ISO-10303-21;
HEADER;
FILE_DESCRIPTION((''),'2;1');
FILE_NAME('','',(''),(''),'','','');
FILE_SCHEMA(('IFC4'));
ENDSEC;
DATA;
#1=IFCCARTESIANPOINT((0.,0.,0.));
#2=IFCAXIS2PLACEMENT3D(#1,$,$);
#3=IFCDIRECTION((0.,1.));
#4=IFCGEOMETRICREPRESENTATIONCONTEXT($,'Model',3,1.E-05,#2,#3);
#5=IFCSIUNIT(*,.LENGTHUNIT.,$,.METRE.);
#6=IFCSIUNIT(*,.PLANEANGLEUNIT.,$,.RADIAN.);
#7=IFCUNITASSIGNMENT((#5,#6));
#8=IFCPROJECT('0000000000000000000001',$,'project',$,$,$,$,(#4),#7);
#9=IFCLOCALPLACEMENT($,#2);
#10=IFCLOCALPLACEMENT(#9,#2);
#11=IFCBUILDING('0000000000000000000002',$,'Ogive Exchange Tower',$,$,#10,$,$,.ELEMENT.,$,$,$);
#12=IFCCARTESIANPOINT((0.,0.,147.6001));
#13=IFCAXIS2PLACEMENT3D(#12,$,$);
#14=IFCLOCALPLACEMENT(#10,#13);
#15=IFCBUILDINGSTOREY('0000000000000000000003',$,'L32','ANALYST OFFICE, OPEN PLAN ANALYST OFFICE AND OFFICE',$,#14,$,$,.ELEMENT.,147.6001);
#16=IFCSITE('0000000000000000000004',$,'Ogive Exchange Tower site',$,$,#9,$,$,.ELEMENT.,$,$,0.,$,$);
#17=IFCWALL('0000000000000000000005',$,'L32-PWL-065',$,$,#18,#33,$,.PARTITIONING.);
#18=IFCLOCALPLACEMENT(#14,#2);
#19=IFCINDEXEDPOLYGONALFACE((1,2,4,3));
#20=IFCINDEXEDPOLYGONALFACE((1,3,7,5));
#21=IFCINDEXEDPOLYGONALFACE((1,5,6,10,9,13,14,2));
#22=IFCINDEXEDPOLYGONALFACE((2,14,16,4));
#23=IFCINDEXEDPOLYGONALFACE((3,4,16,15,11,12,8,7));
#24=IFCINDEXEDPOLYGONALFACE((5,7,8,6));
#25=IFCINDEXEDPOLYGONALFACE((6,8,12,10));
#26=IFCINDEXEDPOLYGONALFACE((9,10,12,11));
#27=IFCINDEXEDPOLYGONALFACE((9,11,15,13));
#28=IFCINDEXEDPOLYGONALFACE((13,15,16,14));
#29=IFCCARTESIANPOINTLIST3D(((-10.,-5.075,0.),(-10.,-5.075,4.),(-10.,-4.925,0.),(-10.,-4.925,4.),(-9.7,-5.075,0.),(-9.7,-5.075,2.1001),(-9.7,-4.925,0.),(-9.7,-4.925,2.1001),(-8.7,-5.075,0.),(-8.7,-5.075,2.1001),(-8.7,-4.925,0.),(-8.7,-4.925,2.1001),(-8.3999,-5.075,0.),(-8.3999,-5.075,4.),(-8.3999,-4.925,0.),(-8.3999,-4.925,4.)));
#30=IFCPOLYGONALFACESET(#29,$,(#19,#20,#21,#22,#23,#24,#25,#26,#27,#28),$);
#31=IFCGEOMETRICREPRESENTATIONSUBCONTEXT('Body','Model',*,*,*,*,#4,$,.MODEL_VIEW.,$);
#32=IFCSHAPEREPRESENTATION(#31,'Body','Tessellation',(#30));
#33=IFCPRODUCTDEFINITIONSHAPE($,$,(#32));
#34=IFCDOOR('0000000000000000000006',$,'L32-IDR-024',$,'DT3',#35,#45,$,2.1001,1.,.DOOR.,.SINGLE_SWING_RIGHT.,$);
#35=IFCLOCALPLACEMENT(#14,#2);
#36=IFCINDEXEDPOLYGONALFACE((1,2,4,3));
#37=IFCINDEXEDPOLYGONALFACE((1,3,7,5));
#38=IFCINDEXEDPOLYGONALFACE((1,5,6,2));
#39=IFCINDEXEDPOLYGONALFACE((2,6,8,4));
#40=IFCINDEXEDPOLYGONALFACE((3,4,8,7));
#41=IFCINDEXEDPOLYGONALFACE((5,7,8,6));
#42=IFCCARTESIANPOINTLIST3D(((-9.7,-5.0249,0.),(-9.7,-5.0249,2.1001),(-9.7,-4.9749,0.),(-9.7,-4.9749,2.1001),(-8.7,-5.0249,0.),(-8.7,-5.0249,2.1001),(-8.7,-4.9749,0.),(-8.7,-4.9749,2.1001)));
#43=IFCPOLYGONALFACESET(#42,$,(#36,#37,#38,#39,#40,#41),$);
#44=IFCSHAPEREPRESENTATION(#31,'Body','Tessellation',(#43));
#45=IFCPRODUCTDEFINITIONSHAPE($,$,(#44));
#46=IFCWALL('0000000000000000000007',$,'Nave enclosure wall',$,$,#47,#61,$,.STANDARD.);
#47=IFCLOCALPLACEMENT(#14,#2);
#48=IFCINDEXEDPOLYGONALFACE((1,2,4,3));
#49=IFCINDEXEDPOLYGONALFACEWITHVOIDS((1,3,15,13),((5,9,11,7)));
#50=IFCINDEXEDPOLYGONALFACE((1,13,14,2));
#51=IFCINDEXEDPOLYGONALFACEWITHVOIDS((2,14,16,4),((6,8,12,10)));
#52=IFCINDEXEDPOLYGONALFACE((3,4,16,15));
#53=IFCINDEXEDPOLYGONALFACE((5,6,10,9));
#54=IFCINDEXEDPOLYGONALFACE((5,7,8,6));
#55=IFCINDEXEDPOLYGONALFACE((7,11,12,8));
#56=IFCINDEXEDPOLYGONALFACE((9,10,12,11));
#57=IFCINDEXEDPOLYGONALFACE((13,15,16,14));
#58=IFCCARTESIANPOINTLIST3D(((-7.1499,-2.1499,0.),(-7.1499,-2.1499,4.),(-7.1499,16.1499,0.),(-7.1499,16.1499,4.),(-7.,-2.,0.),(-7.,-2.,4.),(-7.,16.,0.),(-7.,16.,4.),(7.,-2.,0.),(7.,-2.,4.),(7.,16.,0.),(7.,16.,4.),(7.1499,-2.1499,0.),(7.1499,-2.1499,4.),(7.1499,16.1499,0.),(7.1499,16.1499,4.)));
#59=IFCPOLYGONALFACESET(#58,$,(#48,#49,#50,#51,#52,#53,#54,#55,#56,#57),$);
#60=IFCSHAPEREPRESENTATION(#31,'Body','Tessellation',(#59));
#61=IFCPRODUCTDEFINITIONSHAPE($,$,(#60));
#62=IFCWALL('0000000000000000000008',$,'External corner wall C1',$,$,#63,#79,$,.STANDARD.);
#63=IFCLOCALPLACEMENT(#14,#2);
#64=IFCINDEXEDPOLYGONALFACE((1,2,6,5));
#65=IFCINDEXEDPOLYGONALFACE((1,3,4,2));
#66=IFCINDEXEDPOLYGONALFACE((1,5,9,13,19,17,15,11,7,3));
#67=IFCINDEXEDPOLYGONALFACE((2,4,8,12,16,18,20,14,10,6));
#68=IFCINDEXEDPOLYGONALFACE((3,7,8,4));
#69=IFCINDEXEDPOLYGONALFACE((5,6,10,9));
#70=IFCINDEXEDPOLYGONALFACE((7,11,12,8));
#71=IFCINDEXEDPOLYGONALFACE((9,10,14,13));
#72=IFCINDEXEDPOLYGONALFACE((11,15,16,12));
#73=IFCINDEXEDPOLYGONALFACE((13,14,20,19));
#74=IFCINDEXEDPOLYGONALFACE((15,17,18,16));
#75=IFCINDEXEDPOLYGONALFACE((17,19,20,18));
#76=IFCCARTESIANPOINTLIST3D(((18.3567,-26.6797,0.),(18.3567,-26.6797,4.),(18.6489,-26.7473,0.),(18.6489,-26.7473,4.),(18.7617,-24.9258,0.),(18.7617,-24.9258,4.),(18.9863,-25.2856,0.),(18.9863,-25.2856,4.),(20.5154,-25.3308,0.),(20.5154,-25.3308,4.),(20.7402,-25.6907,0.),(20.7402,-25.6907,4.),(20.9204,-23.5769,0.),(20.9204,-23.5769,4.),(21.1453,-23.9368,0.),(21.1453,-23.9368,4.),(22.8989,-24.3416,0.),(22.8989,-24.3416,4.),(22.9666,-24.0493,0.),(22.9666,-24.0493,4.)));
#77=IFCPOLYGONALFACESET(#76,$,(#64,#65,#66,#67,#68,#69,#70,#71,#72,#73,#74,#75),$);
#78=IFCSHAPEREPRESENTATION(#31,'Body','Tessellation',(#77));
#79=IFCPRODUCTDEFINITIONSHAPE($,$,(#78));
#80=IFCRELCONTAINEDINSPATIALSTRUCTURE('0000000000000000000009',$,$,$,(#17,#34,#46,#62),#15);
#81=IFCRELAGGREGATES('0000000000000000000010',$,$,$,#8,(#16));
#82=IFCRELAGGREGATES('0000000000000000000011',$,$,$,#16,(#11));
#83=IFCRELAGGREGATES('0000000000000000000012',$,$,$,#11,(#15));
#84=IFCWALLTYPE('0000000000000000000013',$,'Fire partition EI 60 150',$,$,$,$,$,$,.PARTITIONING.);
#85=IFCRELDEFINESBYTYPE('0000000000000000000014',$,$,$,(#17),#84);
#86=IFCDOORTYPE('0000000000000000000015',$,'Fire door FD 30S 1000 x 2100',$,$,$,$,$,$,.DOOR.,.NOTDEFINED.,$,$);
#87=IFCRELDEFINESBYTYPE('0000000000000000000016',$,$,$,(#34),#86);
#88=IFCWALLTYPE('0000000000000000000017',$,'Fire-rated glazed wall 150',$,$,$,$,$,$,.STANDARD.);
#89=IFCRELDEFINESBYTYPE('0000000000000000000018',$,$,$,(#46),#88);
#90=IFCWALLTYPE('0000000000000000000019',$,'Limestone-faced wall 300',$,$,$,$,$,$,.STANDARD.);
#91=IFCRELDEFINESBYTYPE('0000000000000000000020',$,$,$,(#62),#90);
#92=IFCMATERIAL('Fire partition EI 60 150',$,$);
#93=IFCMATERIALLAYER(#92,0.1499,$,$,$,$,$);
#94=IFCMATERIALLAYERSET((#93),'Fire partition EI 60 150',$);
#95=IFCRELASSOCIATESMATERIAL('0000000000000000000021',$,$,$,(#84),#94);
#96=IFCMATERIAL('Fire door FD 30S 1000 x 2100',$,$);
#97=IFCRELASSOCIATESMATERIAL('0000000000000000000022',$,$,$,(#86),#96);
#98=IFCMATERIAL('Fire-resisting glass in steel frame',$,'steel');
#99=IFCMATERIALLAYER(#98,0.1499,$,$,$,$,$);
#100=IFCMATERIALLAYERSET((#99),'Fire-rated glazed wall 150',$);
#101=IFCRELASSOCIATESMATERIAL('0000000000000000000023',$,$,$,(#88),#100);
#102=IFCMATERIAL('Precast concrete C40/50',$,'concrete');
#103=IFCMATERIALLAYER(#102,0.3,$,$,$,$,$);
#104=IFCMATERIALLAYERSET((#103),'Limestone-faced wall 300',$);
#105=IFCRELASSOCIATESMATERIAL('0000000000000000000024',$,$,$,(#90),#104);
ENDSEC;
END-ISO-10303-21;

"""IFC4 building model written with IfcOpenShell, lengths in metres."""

from ifc_helpers import new_model, si_unit, direction, frame, frame_2d, origin, place, context, subcontext, project, spatial, polyline, rectangle, outline, extrude, material, layer, layer_set, type_object, element, fill, save


model = new_model("IFC4")

# Units and contexts
model_context = context("Model", 3, precision=1e-05, world=origin(), true_north=direction((0.0, 1.0)))
body_context = subcontext(model_context, "Body", "Model", "MODEL_VIEW")
ifc_project = project(units=[si_unit("LENGTHUNIT", "METRE"), si_unit("PLANEANGLEUNIT", "RADIAN")], contexts=[model_context])

# Site, building, storey
site_placement = place(None, origin())
site = spatial("IfcSite", under=ifc_project, at=site_placement, Name="Ogive Exchange Tower site", CompositionType="ELEMENT", RefElevation=0.0)
building_placement = place(site_placement, origin())
building = spatial("IfcBuilding", under=site, at=building_placement, Name="Ogive Exchange Tower", CompositionType="ELEMENT")
storey_placement = place(building_placement, frame((0.0, 0.0, 147.6001)))
storey = spatial("IfcBuildingStorey", under=building, at=storey_placement, Name="L32", Description="ANALYST OFFICE, OPEN PLAN ANALYST OFFICE AND OFFICE", CompositionType="ELEMENT", Elevation=147.6001)

# Shared definitions
ifc_material_1 = material(Name="Fire partition EI 60 150")
ifc_layer_1 = layer(ifc_material_1, 0.1499)
ifc_layer_set_1 = layer_set([ifc_layer_1], Name="Fire partition EI 60 150")
wall_type_1 = type_object("IfcWallType", Name="Fire partition EI 60 150", PredefinedType="PARTITIONING", material=ifc_layer_set_1)

# Wall, opening, door
wall_1_placement = place(storey_placement, frame((-8.3999, -5.0, 0.0), z_axis=(0.0, 0.0, 1.0), x_axis=(-1.0, 0.0, 0.0)))
wall_1 = element("IfcWall", 1, at=wall_1_placement, inside=storey, type_object=wall_type_1, Name="L32-PWL-065", PredefinedType="PARTITIONING", context=body_context, shape_type="SweptSolid", body=[
    extrude(rectangle(XDim=1.6001, YDim=0.1499, at=frame_2d((0.8, 0.0))), origin(), (0.0, 0.0, 1.0), 4.0),
])
opening_placement = place(wall_1_placement, frame((0.3, 0.0, 0.0)))
opening = element("IfcOpeningElement", 2, at=opening_placement, cuts=wall_1, PredefinedType="OPENING", context=body_context, shape_type="SweptSolid", body=[
    extrude(rectangle(XDim=1.0, YDim=2.1001, at=frame_2d((0.5, 1.05))), frame((0.0, 0.085, 0.0), z_axis=(0.0, -1.0, 0.0), x_axis=(1.0, 0.0, 0.0)), (0.0, 0.0, 1.0), 0.1699),
])
ifc_material_2 = material(Name="Fire door FD 30S 1000 x 2100")
door_type = type_object("IfcDoorType", Name="Fire door FD 30S 1000 x 2100", OperationType="NOTDEFINED", PredefinedType="DOOR", material=ifc_material_2)
door_placement = place(opening_placement, origin())
door = element("IfcDoor", 3, at=door_placement, inside=storey, type_object=door_type, Name="L32-IDR-024", ObjectType="DT3", OperationType="SINGLE_SWING_RIGHT", OverallHeight=2.1001, OverallWidth=1.0, PredefinedType="DOOR", context=body_context, shape_type="SweptSolid", body=[
    extrude(rectangle(XDim=1.0, YDim=2.1001, at=frame_2d((0.5, 1.05))), frame((0.0, 0.0249, 0.0), z_axis=(0.0, -1.0, 0.0), x_axis=(1.0, 0.0, 0.0)), (0.0, 0.0, 1.0), 0.05),
])
fill(opening, door)

# Walls
ifc_material_3 = material(Name="Fire-resisting glass in steel frame", Category="steel")
ifc_layer_2 = layer(ifc_material_3, 0.1499)
ifc_layer_set_2 = layer_set([ifc_layer_2], Name="Fire-rated glazed wall 150")
wall_type_2 = type_object("IfcWallType", Name="Fire-rated glazed wall 150", PredefinedType="STANDARD", material=ifc_layer_set_2)
wall_2_placement = place(storey_placement, origin())
element("IfcWall", 4, at=wall_2_placement, inside=storey, type_object=wall_type_2, Name="Nave enclosure wall", PredefinedType="STANDARD", context=body_context, shape_type="SweptSolid", body=[
    extrude(outline(polyline([(-7.1499, -2.1499), (7.1499, -2.1499), (7.1499, 16.1499), (-7.1499, 16.1499), (-7.1499, -2.1499)]), holes=[polyline([(-7.0, -2.0), (-7.0, 16.0), (7.0, 16.0), (7.0, -2.0), (-7.0, -2.0)])]), origin(), (0.0, 0.0, 1.0), 4.0),
])
ifc_material_4 = material(Name="Precast concrete C40/50", Category="concrete")
ifc_layer_3 = layer(ifc_material_4, 0.3)
ifc_layer_set_3 = layer_set([ifc_layer_3], Name="Limestone-faced wall 300")
wall_type_3 = type_object("IfcWallType", Name="Limestone-faced wall 300", PredefinedType="STANDARD", material=ifc_layer_set_3)
wall_3_placement = place(storey_placement, origin())
element("IfcWall", 5, at=wall_3_placement, inside=storey, type_object=wall_type_3, Name="External corner wall C1", PredefinedType="STANDARD", context=body_context, shape_type="SweptSolid", body=[
    extrude(outline(polyline([(20.5154, -25.3308), (20.9204, -23.5769), (22.9666, -24.0493), (22.8989, -24.3416), (21.1453, -23.9368), (20.7402, -25.6907), (18.9863, -25.2856), (18.6489, -26.7473), (18.3567, -26.6797), (18.7617, -24.9258), (20.5154, -25.3308)])), origin(), (0.0, 0.0, 1.0), 4.0),
])

save(model, "model.ifc")
